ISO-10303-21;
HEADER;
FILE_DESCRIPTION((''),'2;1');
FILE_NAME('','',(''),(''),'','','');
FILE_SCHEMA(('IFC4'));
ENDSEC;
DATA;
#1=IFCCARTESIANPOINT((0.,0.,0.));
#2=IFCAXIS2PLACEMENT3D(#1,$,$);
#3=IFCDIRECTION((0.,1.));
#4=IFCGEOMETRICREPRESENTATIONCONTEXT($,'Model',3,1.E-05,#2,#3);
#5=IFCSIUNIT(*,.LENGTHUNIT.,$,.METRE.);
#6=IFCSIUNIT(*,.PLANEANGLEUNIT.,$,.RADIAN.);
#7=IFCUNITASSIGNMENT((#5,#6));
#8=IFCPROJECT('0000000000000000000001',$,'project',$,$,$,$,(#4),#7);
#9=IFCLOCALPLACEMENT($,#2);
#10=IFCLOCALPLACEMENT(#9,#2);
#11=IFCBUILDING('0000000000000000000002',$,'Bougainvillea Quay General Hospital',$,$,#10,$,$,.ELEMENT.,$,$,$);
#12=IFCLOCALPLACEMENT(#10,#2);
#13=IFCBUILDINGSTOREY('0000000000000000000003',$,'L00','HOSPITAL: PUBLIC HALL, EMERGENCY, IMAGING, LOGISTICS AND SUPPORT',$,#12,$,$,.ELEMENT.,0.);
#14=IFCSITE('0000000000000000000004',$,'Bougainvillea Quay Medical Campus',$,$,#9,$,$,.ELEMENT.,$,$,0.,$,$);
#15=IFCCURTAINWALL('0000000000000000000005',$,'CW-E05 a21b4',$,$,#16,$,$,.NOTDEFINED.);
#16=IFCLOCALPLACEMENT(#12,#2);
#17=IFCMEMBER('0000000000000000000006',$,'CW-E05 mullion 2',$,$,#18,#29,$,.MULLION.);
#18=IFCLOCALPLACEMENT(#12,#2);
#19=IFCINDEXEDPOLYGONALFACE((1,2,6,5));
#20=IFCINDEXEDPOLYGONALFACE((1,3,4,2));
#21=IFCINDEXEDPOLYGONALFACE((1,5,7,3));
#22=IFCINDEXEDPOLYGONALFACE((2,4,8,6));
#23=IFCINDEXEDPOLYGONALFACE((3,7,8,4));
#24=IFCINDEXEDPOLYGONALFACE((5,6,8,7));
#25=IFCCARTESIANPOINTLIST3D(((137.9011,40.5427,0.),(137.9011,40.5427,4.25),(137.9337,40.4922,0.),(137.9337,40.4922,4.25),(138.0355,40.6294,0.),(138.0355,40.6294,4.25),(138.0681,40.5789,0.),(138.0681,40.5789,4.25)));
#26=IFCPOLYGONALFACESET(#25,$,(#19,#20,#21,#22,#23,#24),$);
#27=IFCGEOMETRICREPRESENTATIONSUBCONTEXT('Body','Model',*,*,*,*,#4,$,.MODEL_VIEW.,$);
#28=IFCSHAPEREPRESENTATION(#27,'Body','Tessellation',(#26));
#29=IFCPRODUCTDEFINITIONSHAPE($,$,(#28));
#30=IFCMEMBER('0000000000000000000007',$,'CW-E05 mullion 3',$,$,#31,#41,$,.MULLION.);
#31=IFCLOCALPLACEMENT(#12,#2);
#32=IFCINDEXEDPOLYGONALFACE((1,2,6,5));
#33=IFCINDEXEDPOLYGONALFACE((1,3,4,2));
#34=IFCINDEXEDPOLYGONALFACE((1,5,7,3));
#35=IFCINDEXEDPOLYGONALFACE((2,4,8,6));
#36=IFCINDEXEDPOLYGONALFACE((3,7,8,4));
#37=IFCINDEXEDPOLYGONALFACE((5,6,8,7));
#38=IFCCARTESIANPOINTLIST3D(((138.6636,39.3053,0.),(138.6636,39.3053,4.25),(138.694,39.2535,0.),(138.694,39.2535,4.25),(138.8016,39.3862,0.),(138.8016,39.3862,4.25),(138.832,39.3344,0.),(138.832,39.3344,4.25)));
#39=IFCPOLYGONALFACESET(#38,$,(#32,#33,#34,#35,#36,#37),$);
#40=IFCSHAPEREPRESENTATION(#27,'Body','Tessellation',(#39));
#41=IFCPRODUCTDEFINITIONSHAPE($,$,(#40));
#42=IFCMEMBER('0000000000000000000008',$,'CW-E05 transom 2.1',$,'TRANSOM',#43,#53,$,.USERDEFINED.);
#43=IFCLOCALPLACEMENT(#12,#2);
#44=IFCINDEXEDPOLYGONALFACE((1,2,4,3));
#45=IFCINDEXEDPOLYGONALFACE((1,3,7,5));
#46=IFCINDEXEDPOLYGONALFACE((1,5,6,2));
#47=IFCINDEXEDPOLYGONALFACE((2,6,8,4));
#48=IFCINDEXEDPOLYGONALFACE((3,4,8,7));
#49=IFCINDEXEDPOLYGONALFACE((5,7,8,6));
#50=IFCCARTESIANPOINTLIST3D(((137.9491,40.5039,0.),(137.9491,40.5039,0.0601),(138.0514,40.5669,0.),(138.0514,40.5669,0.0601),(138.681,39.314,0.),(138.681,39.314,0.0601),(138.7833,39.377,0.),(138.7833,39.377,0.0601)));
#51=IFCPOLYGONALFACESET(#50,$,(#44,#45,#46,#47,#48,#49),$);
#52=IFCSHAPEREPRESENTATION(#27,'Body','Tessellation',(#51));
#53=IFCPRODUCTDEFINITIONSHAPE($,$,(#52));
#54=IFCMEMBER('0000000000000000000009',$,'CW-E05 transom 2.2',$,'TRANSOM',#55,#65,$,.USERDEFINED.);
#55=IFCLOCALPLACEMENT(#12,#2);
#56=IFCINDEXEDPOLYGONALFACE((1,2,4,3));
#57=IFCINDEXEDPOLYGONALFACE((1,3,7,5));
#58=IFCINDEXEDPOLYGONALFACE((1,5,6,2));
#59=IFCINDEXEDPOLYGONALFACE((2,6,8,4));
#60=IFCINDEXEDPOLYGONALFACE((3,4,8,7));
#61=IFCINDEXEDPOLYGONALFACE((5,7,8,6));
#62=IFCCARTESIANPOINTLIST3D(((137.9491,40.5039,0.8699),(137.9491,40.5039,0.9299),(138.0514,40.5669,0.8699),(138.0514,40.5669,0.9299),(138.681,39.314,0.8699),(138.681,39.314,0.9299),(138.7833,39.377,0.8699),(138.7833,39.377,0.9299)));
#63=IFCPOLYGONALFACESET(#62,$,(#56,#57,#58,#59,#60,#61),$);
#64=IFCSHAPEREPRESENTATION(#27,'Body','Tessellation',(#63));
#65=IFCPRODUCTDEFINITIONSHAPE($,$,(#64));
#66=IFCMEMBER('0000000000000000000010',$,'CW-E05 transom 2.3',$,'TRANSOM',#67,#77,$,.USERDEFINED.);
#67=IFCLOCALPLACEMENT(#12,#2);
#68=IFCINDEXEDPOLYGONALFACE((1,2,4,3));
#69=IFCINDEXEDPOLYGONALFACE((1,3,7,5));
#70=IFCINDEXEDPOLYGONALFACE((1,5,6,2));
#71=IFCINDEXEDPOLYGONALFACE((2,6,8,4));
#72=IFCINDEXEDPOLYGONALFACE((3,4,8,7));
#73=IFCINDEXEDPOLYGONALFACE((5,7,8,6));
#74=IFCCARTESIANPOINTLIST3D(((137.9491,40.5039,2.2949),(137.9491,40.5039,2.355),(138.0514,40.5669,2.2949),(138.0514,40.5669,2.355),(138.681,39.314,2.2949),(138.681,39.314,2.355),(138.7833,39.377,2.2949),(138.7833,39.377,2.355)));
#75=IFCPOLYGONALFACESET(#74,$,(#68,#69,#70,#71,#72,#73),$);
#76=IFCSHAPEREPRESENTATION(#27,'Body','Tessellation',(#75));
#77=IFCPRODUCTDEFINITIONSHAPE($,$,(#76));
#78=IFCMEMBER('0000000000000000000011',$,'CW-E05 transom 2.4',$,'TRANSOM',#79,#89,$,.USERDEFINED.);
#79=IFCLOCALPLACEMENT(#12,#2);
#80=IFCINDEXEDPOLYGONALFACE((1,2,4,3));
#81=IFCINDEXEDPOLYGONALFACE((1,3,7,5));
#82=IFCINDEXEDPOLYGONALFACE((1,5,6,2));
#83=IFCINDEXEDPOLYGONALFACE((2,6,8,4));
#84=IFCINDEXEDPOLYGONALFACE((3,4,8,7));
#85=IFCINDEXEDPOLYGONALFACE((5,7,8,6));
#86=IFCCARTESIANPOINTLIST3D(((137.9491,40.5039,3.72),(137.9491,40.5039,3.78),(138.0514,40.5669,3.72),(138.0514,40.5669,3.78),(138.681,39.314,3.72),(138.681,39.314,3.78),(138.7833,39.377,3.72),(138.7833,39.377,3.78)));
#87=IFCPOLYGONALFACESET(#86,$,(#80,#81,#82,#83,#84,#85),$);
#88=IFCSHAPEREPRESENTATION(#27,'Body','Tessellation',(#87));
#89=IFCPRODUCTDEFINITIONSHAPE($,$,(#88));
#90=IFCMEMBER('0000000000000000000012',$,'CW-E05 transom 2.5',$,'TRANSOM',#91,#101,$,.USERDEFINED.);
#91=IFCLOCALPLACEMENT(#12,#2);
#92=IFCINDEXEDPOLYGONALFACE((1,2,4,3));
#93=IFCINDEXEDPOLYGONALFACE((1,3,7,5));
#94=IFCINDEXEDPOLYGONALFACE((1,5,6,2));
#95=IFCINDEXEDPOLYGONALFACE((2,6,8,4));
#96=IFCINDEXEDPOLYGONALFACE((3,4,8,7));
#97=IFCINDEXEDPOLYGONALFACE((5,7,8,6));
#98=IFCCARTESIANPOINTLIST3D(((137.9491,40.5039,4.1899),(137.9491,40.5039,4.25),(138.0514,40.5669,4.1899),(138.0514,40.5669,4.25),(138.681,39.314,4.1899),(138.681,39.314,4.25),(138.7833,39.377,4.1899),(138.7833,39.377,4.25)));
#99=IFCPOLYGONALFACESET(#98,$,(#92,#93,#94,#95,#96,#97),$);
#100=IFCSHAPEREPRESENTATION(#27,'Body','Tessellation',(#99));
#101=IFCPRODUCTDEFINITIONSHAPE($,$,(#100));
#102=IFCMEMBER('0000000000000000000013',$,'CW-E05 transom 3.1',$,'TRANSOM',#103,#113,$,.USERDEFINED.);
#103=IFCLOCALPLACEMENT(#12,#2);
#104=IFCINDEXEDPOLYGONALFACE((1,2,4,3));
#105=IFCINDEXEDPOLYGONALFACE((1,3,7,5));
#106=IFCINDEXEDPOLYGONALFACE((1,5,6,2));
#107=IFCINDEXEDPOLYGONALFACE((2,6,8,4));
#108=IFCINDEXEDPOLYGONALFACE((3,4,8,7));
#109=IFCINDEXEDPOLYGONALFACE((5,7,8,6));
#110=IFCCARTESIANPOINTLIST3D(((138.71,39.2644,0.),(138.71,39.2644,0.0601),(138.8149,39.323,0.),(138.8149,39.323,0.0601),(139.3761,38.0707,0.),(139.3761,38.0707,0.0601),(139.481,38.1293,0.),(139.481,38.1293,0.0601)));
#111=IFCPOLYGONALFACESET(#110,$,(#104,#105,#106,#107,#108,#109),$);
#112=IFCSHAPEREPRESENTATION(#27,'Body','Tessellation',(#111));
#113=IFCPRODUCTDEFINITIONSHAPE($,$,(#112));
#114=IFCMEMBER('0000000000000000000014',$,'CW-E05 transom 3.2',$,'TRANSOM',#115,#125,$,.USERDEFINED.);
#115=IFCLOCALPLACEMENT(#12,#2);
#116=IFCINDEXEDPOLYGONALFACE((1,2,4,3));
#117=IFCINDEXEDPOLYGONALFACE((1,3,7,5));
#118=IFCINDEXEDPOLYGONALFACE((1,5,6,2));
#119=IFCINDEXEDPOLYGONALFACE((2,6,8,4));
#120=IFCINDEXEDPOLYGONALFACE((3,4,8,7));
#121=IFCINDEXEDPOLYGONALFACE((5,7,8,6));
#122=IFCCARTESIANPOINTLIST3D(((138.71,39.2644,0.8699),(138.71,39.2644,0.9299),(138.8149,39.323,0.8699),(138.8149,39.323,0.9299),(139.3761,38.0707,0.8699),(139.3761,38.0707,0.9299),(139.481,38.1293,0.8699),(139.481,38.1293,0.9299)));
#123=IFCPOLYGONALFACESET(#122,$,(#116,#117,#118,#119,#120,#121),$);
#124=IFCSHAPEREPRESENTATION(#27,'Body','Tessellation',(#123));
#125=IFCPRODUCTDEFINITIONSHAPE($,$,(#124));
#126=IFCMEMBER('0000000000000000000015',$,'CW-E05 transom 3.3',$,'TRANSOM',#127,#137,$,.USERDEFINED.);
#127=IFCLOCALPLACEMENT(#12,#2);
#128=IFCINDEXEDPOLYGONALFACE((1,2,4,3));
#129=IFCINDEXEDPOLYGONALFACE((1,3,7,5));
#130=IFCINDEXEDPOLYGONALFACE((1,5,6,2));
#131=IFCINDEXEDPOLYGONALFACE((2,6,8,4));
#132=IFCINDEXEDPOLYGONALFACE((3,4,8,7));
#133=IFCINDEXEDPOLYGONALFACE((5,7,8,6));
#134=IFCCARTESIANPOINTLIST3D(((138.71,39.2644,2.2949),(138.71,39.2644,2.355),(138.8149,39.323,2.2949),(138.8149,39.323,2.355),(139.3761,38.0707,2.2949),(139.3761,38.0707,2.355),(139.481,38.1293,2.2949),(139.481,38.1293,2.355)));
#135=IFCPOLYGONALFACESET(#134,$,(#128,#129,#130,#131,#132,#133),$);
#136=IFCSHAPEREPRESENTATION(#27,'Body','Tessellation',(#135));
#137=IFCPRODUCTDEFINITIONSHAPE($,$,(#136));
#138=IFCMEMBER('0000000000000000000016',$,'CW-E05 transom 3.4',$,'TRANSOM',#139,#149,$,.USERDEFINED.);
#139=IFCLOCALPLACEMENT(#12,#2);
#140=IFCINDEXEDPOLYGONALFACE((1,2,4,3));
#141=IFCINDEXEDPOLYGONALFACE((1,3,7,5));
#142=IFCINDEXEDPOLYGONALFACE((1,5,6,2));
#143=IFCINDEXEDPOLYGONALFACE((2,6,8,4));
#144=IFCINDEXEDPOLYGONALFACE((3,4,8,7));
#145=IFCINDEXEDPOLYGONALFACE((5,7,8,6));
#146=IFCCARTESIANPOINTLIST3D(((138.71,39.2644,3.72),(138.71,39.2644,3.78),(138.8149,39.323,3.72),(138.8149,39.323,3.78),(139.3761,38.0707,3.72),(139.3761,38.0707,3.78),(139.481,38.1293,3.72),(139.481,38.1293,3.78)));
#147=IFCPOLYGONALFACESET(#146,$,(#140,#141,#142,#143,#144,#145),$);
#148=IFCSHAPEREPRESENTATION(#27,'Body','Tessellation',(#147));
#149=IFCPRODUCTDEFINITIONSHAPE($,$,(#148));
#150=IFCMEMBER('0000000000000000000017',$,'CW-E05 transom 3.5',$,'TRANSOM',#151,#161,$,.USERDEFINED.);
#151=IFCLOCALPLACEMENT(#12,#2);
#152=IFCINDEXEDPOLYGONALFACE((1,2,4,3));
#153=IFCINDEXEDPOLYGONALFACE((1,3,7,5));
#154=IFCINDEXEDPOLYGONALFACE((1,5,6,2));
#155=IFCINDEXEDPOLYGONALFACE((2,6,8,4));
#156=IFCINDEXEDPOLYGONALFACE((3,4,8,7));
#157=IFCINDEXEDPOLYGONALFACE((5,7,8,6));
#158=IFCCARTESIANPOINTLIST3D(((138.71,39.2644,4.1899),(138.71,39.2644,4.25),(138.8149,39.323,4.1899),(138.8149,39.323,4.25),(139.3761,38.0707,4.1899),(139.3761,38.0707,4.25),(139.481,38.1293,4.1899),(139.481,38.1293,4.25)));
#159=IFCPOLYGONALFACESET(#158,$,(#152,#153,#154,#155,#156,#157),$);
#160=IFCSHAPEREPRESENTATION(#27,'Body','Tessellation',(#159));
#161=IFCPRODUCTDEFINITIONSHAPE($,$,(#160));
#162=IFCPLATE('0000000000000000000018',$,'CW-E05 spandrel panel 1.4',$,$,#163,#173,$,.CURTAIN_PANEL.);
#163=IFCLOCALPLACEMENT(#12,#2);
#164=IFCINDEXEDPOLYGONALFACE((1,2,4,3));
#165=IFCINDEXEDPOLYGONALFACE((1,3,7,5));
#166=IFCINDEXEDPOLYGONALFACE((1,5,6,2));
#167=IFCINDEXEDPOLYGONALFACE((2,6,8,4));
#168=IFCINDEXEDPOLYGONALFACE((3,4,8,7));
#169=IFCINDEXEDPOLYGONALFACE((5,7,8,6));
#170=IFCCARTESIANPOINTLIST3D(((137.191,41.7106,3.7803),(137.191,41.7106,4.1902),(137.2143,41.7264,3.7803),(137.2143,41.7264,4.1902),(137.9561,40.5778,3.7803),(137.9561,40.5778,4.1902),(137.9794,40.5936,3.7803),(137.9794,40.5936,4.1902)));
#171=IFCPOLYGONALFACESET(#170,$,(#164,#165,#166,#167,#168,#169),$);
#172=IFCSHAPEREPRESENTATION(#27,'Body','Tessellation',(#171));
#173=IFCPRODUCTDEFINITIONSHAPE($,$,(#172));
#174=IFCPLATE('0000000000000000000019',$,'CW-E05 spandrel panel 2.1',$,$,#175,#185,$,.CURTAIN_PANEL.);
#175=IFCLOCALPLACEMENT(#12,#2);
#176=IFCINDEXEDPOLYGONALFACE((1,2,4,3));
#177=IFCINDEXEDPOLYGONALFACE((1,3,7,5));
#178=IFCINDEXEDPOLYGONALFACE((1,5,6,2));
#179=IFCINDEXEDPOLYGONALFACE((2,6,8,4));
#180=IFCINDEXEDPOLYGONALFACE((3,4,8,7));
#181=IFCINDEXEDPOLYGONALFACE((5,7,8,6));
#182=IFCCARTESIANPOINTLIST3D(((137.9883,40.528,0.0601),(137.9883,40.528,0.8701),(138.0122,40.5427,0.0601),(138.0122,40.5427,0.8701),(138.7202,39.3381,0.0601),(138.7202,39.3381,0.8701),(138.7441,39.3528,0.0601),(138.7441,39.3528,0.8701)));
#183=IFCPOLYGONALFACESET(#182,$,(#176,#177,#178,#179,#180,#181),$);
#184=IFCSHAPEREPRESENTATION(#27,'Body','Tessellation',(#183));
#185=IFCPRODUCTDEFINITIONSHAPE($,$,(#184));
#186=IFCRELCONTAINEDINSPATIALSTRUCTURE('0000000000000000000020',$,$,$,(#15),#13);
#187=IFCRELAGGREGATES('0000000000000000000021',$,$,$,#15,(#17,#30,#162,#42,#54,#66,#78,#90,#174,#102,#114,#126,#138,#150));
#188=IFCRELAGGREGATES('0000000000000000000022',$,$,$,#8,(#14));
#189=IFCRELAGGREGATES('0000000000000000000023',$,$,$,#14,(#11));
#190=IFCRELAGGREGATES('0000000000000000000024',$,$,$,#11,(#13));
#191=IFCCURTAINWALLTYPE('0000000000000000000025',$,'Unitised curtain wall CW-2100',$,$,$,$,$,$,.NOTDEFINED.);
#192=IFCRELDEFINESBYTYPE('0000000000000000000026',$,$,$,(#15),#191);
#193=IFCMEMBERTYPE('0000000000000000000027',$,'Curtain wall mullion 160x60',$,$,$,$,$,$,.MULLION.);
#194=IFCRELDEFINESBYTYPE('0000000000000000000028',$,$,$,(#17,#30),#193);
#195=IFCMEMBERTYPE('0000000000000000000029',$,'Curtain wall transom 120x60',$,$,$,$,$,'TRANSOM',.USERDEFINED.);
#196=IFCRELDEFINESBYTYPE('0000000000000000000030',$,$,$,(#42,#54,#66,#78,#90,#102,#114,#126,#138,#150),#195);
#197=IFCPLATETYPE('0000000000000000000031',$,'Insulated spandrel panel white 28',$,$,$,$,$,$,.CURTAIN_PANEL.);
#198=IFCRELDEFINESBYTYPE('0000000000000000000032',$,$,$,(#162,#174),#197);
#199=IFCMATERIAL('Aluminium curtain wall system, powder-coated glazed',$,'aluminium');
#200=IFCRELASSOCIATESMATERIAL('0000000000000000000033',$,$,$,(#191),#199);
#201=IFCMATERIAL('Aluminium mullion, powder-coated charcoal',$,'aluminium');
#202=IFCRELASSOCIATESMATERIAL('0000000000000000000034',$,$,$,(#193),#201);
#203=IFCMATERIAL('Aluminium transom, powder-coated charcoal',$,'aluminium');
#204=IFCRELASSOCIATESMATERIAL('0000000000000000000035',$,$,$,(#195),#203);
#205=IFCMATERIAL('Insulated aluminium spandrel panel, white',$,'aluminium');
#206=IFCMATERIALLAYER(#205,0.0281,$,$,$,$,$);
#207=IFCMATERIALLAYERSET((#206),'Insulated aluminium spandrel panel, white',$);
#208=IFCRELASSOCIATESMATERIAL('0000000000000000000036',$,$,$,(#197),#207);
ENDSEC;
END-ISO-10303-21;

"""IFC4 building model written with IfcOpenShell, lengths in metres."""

from ifc_helpers import new_model, si_unit, direction, frame, origin, origin_2d, place, context, subcontext, project, spatial, rectangle, extrude, material, layer, layer_set, material_profile, profile_set, type_object, element, aggregate, save


model = new_model("IFC4")

# Units and contexts
model_context = context("Model", 3, precision=1e-05, world=origin(), true_north=direction((0.0, 1.0)))
body_context = subcontext(model_context, "Body", "Model", "MODEL_VIEW")
ifc_project = project(units=[si_unit("LENGTHUNIT", "METRE"), si_unit("PLANEANGLEUNIT", "RADIAN")], contexts=[model_context])

# Site, building, storey
site_placement = place(None, origin())
site = spatial("IfcSite", under=ifc_project, at=site_placement, Name="Bougainvillea Quay Medical Campus", CompositionType="ELEMENT", RefElevation=0.0)
building_placement = place(site_placement, origin())
building = spatial("IfcBuilding", under=site, at=building_placement, Name="Bougainvillea Quay General Hospital", CompositionType="ELEMENT")
storey_placement = place(building_placement, origin())
storey = spatial("IfcBuildingStorey", under=building, at=storey_placement, Name="L00", Description="HOSPITAL: PUBLIC HALL, EMERGENCY, IMAGING, LOGISTICS AND SUPPORT", CompositionType="ELEMENT", Elevation=0.0)

# Curtain wall, members, plates
ifc_material_1 = material(Name="Aluminium curtain wall system, powder-coated glazed", Category="aluminium")
curtain_wall_type = type_object("IfcCurtainWallType", Name="Unitised curtain wall CW-2100", PredefinedType="NOTDEFINED", material=ifc_material_1)
curtain_wall_placement = place(storey_placement, origin())
curtain_wall = element("IfcCurtainWall", 1, at=curtain_wall_placement, inside=storey, type_object=curtain_wall_type, Name="CW-E05 a21b4", PredefinedType="NOTDEFINED")
ifc_material_2 = material(Name="Aluminium mullion, powder-coated charcoal", Category="aluminium")
ifc_material_profile_1 = material_profile(ifc_material_2, rectangle(XDim=0.1599, YDim=0.0601, at=origin_2d()))
ifc_profile_set_1 = profile_set([ifc_material_profile_1], Name="Aluminium mullion, powder-coated charcoal")
member_type_1 = type_object("IfcMemberType", Name="Curtain wall mullion 160x60", PredefinedType="MULLION", material=ifc_profile_set_1)
member_1_placement = place(storey_placement, frame((137.9846, 40.5608, 0.0), z_axis=(0.0, 0.0, 1.0), x_axis=(0.840428, 0.541923, 0.0)))
member_1 = element("IfcMember", 2, at=member_1_placement, type_object=member_type_1, Name="CW-E05 mullion 2", PredefinedType="MULLION", context=body_context, shape_type="SweptSolid", body=[
    extrude(rectangle(XDim=0.1599, YDim=0.0601, at=origin_2d()), origin(), (0.0, 0.0, 1.0), 4.25),
])
member_2_placement = place(storey_placement, frame((138.7478, 39.3198, 0.0), z_axis=(0.0, 0.0, 1.0), x_axis=(0.862714, 0.505693, 0.0)))
member_2 = element("IfcMember", 3, at=member_2_placement, type_object=member_type_1, Name="CW-E05 mullion 3", PredefinedType="MULLION", context=body_context, shape_type="SweptSolid", body=[
    extrude(rectangle(XDim=0.1599, YDim=0.0601, at=origin_2d()), origin(), (0.0, 0.0, 1.0), 4.25),
])
ifc_material_3 = material(Name="Aluminium transom, powder-coated charcoal", Category="aluminium")
ifc_material_profile_2 = material_profile(ifc_material_3, rectangle(XDim=0.1201, YDim=0.0601, at=origin_2d()))
ifc_profile_set_2 = profile_set([ifc_material_profile_2], Name="Aluminium transom, powder-coated charcoal")
member_type_2 = type_object("IfcMemberType", Name="Curtain wall transom 120x60", ElementType="TRANSOM", PredefinedType="USERDEFINED", material=ifc_profile_set_2)
member_3_placement = place(storey_placement, frame((138.0002, 40.5354, 0.03), z_axis=(0.523922, -0.851766, 0.0), x_axis=(0.851766, 0.523922, 0.0)))
member_3 = element("IfcMember", 4, at=member_3_placement, type_object=member_type_2, Name="CW-E05 transom 2.1", ObjectType="TRANSOM", PredefinedType="USERDEFINED", context=body_context, shape_type="SweptSolid", body=[
    extrude(rectangle(XDim=0.1201, YDim=0.0601, at=origin_2d()), origin(), (0.0, 0.0, 1.0), 1.397),
])
member_4_placement = place(storey_placement, frame((138.0002, 40.5354, 0.8999), z_axis=(0.523922, -0.851766, 0.0), x_axis=(0.851766, 0.523922, 0.0)))
member_4 = element("IfcMember", 5, at=member_4_placement, type_object=member_type_2, Name="CW-E05 transom 2.2", ObjectType="TRANSOM", PredefinedType="USERDEFINED", context=body_context, shape_type="SweptSolid", body=[
    extrude(rectangle(XDim=0.1201, YDim=0.0601, at=origin_2d()), origin(), (0.0, 0.0, 1.0), 1.397),
])
member_5_placement = place(storey_placement, frame((138.0002, 40.5354, 2.325), z_axis=(0.523922, -0.851766, 0.0), x_axis=(0.851766, 0.523922, 0.0)))
member_5 = element("IfcMember", 6, at=member_5_placement, type_object=member_type_2, Name="CW-E05 transom 2.3", ObjectType="TRANSOM", PredefinedType="USERDEFINED", context=body_context, shape_type="SweptSolid", body=[
    extrude(rectangle(XDim=0.1201, YDim=0.0601, at=origin_2d()), origin(), (0.0, 0.0, 1.0), 1.397),
])
member_6_placement = place(storey_placement, frame((138.0002, 40.5354, 3.75), z_axis=(0.523922, -0.851766, 0.0), x_axis=(0.851766, 0.523922, 0.0)))
member_6 = element("IfcMember", 7, at=member_6_placement, type_object=member_type_2, Name="CW-E05 transom 2.4", ObjectType="TRANSOM", PredefinedType="USERDEFINED", context=body_context, shape_type="SweptSolid", body=[
    extrude(rectangle(XDim=0.1201, YDim=0.0601, at=origin_2d()), origin(), (0.0, 0.0, 1.0), 1.397),
])
member_7_placement = place(storey_placement, frame((138.0002, 40.5354, 4.22), z_axis=(0.523922, -0.851766, 0.0), x_axis=(0.851766, 0.523922, 0.0)))
member_7 = element("IfcMember", 8, at=member_7_placement, type_object=member_type_2, Name="CW-E05 transom 2.5", ObjectType="TRANSOM", PredefinedType="USERDEFINED", context=body_context, shape_type="SweptSolid", body=[
    extrude(rectangle(XDim=0.1201, YDim=0.0601, at=origin_2d()), origin(), (0.0, 0.0, 1.0), 1.397),
])
member_8_placement = place(storey_placement, frame((138.7625, 39.2937, 0.03), z_axis=(0.487265, -0.873254, 0.0), x_axis=(0.873254, 0.487265, 0.0)))
member_8 = element("IfcMember", 9, at=member_8_placement, type_object=member_type_2, Name="CW-E05 transom 3.1", ObjectType="TRANSOM", PredefinedType="USERDEFINED", context=body_context, shape_type="SweptSolid", body=[
    extrude(rectangle(XDim=0.1201, YDim=0.0601, at=origin_2d()), origin(), (0.0, 0.0, 1.0), 1.3669),
])
member_9_placement = place(storey_placement, frame((138.7625, 39.2937, 0.8999), z_axis=(0.487265, -0.873254, 0.0), x_axis=(0.873254, 0.487265, 0.0)))
member_9 = element("IfcMember", 10, at=member_9_placement, type_object=member_type_2, Name="CW-E05 transom 3.2", ObjectType="TRANSOM", PredefinedType="USERDEFINED", context=body_context, shape_type="SweptSolid", body=[
    extrude(rectangle(XDim=0.1201, YDim=0.0601, at=origin_2d()), origin(), (0.0, 0.0, 1.0), 1.3669),
])
member_10_placement = place(storey_placement, frame((138.7625, 39.2937, 2.325), z_axis=(0.487265, -0.873254, 0.0), x_axis=(0.873254, 0.487265, 0.0)))
member_10 = element("IfcMember", 11, at=member_10_placement, type_object=member_type_2, Name="CW-E05 transom 3.3", ObjectType="TRANSOM", PredefinedType="USERDEFINED", context=body_context, shape_type="SweptSolid", body=[
    extrude(rectangle(XDim=0.1201, YDim=0.0601, at=origin_2d()), origin(), (0.0, 0.0, 1.0), 1.3669),
])
member_11_placement = place(storey_placement, frame((138.7625, 39.2937, 3.75), z_axis=(0.487265, -0.873254, 0.0), x_axis=(0.873254, 0.487265, 0.0)))
member_11 = element("IfcMember", 12, at=member_11_placement, type_object=member_type_2, Name="CW-E05 transom 3.4", ObjectType="TRANSOM", PredefinedType="USERDEFINED", context=body_context, shape_type="SweptSolid", body=[
    extrude(rectangle(XDim=0.1201, YDim=0.0601, at=origin_2d()), origin(), (0.0, 0.0, 1.0), 1.3669),
])
member_12_placement = place(storey_placement, frame((138.7625, 39.2937, 4.22), z_axis=(0.487265, -0.873254, 0.0), x_axis=(0.873254, 0.487265, 0.0)))
member_12 = element("IfcMember", 13, at=member_12_placement, type_object=member_type_2, Name="CW-E05 transom 3.5", ObjectType="TRANSOM", PredefinedType="USERDEFINED", context=body_context, shape_type="SweptSolid", body=[
    extrude(rectangle(XDim=0.1201, YDim=0.0601, at=origin_2d()), origin(), (0.0, 0.0, 1.0), 1.3669),
])
ifc_material_4 = material(Name="Insulated aluminium spandrel panel, white", Category="aluminium")
ifc_layer_1 = layer(ifc_material_4, 0.0281)
ifc_layer_set_1 = layer_set([ifc_layer_1], Name="Insulated aluminium spandrel panel, white")
plate_type_1 = type_object("IfcPlateType", Name="Insulated spandrel panel white 28", PredefinedType="CURTAIN_PANEL", material=ifc_layer_set_1)
plate_1_placement = place(storey_placement, frame((137.5852, 41.1521, 3.7803), z_axis=(0.0, 0.0, 1.0), x_axis=(0.559675, -0.828712, 0.0)))
plate_1 = element("IfcPlate", 14, at=plate_1_placement, type_object=plate_type_1, Name="CW-E05 spandrel panel 1.4", PredefinedType="CURTAIN_PANEL", context=body_context, shape_type="SweptSolid", body=[
    extrude(rectangle(XDim=1.3669, YDim=0.0281, at=origin_2d()), origin(), (0.0, 0.0, 1.0), 0.4099),
])
plate_2_placement = place(storey_placement, frame((138.3662, 39.9404, 0.0601), z_axis=(0.0, 0.0, 1.0), x_axis=(0.523926, -0.851764, 0.0)))
plate_2 = element("IfcPlate", 15, at=plate_2_placement, type_object=plate_type_1, Name="CW-E05 spandrel panel 2.1", PredefinedType="CURTAIN_PANEL", context=body_context, shape_type="SweptSolid", body=[
    extrude(rectangle(XDim=1.397, YDim=0.0281, at=origin_2d()), origin(), (0.0, 0.0, 1.0), 0.8101),
])
aggregate(curtain_wall, [member_1, member_2, plate_1, member_3, member_4, member_5, member_6, member_7, plate_2, member_8, member_9, member_10, member_11, member_12])

save(model, "model.ifc")
